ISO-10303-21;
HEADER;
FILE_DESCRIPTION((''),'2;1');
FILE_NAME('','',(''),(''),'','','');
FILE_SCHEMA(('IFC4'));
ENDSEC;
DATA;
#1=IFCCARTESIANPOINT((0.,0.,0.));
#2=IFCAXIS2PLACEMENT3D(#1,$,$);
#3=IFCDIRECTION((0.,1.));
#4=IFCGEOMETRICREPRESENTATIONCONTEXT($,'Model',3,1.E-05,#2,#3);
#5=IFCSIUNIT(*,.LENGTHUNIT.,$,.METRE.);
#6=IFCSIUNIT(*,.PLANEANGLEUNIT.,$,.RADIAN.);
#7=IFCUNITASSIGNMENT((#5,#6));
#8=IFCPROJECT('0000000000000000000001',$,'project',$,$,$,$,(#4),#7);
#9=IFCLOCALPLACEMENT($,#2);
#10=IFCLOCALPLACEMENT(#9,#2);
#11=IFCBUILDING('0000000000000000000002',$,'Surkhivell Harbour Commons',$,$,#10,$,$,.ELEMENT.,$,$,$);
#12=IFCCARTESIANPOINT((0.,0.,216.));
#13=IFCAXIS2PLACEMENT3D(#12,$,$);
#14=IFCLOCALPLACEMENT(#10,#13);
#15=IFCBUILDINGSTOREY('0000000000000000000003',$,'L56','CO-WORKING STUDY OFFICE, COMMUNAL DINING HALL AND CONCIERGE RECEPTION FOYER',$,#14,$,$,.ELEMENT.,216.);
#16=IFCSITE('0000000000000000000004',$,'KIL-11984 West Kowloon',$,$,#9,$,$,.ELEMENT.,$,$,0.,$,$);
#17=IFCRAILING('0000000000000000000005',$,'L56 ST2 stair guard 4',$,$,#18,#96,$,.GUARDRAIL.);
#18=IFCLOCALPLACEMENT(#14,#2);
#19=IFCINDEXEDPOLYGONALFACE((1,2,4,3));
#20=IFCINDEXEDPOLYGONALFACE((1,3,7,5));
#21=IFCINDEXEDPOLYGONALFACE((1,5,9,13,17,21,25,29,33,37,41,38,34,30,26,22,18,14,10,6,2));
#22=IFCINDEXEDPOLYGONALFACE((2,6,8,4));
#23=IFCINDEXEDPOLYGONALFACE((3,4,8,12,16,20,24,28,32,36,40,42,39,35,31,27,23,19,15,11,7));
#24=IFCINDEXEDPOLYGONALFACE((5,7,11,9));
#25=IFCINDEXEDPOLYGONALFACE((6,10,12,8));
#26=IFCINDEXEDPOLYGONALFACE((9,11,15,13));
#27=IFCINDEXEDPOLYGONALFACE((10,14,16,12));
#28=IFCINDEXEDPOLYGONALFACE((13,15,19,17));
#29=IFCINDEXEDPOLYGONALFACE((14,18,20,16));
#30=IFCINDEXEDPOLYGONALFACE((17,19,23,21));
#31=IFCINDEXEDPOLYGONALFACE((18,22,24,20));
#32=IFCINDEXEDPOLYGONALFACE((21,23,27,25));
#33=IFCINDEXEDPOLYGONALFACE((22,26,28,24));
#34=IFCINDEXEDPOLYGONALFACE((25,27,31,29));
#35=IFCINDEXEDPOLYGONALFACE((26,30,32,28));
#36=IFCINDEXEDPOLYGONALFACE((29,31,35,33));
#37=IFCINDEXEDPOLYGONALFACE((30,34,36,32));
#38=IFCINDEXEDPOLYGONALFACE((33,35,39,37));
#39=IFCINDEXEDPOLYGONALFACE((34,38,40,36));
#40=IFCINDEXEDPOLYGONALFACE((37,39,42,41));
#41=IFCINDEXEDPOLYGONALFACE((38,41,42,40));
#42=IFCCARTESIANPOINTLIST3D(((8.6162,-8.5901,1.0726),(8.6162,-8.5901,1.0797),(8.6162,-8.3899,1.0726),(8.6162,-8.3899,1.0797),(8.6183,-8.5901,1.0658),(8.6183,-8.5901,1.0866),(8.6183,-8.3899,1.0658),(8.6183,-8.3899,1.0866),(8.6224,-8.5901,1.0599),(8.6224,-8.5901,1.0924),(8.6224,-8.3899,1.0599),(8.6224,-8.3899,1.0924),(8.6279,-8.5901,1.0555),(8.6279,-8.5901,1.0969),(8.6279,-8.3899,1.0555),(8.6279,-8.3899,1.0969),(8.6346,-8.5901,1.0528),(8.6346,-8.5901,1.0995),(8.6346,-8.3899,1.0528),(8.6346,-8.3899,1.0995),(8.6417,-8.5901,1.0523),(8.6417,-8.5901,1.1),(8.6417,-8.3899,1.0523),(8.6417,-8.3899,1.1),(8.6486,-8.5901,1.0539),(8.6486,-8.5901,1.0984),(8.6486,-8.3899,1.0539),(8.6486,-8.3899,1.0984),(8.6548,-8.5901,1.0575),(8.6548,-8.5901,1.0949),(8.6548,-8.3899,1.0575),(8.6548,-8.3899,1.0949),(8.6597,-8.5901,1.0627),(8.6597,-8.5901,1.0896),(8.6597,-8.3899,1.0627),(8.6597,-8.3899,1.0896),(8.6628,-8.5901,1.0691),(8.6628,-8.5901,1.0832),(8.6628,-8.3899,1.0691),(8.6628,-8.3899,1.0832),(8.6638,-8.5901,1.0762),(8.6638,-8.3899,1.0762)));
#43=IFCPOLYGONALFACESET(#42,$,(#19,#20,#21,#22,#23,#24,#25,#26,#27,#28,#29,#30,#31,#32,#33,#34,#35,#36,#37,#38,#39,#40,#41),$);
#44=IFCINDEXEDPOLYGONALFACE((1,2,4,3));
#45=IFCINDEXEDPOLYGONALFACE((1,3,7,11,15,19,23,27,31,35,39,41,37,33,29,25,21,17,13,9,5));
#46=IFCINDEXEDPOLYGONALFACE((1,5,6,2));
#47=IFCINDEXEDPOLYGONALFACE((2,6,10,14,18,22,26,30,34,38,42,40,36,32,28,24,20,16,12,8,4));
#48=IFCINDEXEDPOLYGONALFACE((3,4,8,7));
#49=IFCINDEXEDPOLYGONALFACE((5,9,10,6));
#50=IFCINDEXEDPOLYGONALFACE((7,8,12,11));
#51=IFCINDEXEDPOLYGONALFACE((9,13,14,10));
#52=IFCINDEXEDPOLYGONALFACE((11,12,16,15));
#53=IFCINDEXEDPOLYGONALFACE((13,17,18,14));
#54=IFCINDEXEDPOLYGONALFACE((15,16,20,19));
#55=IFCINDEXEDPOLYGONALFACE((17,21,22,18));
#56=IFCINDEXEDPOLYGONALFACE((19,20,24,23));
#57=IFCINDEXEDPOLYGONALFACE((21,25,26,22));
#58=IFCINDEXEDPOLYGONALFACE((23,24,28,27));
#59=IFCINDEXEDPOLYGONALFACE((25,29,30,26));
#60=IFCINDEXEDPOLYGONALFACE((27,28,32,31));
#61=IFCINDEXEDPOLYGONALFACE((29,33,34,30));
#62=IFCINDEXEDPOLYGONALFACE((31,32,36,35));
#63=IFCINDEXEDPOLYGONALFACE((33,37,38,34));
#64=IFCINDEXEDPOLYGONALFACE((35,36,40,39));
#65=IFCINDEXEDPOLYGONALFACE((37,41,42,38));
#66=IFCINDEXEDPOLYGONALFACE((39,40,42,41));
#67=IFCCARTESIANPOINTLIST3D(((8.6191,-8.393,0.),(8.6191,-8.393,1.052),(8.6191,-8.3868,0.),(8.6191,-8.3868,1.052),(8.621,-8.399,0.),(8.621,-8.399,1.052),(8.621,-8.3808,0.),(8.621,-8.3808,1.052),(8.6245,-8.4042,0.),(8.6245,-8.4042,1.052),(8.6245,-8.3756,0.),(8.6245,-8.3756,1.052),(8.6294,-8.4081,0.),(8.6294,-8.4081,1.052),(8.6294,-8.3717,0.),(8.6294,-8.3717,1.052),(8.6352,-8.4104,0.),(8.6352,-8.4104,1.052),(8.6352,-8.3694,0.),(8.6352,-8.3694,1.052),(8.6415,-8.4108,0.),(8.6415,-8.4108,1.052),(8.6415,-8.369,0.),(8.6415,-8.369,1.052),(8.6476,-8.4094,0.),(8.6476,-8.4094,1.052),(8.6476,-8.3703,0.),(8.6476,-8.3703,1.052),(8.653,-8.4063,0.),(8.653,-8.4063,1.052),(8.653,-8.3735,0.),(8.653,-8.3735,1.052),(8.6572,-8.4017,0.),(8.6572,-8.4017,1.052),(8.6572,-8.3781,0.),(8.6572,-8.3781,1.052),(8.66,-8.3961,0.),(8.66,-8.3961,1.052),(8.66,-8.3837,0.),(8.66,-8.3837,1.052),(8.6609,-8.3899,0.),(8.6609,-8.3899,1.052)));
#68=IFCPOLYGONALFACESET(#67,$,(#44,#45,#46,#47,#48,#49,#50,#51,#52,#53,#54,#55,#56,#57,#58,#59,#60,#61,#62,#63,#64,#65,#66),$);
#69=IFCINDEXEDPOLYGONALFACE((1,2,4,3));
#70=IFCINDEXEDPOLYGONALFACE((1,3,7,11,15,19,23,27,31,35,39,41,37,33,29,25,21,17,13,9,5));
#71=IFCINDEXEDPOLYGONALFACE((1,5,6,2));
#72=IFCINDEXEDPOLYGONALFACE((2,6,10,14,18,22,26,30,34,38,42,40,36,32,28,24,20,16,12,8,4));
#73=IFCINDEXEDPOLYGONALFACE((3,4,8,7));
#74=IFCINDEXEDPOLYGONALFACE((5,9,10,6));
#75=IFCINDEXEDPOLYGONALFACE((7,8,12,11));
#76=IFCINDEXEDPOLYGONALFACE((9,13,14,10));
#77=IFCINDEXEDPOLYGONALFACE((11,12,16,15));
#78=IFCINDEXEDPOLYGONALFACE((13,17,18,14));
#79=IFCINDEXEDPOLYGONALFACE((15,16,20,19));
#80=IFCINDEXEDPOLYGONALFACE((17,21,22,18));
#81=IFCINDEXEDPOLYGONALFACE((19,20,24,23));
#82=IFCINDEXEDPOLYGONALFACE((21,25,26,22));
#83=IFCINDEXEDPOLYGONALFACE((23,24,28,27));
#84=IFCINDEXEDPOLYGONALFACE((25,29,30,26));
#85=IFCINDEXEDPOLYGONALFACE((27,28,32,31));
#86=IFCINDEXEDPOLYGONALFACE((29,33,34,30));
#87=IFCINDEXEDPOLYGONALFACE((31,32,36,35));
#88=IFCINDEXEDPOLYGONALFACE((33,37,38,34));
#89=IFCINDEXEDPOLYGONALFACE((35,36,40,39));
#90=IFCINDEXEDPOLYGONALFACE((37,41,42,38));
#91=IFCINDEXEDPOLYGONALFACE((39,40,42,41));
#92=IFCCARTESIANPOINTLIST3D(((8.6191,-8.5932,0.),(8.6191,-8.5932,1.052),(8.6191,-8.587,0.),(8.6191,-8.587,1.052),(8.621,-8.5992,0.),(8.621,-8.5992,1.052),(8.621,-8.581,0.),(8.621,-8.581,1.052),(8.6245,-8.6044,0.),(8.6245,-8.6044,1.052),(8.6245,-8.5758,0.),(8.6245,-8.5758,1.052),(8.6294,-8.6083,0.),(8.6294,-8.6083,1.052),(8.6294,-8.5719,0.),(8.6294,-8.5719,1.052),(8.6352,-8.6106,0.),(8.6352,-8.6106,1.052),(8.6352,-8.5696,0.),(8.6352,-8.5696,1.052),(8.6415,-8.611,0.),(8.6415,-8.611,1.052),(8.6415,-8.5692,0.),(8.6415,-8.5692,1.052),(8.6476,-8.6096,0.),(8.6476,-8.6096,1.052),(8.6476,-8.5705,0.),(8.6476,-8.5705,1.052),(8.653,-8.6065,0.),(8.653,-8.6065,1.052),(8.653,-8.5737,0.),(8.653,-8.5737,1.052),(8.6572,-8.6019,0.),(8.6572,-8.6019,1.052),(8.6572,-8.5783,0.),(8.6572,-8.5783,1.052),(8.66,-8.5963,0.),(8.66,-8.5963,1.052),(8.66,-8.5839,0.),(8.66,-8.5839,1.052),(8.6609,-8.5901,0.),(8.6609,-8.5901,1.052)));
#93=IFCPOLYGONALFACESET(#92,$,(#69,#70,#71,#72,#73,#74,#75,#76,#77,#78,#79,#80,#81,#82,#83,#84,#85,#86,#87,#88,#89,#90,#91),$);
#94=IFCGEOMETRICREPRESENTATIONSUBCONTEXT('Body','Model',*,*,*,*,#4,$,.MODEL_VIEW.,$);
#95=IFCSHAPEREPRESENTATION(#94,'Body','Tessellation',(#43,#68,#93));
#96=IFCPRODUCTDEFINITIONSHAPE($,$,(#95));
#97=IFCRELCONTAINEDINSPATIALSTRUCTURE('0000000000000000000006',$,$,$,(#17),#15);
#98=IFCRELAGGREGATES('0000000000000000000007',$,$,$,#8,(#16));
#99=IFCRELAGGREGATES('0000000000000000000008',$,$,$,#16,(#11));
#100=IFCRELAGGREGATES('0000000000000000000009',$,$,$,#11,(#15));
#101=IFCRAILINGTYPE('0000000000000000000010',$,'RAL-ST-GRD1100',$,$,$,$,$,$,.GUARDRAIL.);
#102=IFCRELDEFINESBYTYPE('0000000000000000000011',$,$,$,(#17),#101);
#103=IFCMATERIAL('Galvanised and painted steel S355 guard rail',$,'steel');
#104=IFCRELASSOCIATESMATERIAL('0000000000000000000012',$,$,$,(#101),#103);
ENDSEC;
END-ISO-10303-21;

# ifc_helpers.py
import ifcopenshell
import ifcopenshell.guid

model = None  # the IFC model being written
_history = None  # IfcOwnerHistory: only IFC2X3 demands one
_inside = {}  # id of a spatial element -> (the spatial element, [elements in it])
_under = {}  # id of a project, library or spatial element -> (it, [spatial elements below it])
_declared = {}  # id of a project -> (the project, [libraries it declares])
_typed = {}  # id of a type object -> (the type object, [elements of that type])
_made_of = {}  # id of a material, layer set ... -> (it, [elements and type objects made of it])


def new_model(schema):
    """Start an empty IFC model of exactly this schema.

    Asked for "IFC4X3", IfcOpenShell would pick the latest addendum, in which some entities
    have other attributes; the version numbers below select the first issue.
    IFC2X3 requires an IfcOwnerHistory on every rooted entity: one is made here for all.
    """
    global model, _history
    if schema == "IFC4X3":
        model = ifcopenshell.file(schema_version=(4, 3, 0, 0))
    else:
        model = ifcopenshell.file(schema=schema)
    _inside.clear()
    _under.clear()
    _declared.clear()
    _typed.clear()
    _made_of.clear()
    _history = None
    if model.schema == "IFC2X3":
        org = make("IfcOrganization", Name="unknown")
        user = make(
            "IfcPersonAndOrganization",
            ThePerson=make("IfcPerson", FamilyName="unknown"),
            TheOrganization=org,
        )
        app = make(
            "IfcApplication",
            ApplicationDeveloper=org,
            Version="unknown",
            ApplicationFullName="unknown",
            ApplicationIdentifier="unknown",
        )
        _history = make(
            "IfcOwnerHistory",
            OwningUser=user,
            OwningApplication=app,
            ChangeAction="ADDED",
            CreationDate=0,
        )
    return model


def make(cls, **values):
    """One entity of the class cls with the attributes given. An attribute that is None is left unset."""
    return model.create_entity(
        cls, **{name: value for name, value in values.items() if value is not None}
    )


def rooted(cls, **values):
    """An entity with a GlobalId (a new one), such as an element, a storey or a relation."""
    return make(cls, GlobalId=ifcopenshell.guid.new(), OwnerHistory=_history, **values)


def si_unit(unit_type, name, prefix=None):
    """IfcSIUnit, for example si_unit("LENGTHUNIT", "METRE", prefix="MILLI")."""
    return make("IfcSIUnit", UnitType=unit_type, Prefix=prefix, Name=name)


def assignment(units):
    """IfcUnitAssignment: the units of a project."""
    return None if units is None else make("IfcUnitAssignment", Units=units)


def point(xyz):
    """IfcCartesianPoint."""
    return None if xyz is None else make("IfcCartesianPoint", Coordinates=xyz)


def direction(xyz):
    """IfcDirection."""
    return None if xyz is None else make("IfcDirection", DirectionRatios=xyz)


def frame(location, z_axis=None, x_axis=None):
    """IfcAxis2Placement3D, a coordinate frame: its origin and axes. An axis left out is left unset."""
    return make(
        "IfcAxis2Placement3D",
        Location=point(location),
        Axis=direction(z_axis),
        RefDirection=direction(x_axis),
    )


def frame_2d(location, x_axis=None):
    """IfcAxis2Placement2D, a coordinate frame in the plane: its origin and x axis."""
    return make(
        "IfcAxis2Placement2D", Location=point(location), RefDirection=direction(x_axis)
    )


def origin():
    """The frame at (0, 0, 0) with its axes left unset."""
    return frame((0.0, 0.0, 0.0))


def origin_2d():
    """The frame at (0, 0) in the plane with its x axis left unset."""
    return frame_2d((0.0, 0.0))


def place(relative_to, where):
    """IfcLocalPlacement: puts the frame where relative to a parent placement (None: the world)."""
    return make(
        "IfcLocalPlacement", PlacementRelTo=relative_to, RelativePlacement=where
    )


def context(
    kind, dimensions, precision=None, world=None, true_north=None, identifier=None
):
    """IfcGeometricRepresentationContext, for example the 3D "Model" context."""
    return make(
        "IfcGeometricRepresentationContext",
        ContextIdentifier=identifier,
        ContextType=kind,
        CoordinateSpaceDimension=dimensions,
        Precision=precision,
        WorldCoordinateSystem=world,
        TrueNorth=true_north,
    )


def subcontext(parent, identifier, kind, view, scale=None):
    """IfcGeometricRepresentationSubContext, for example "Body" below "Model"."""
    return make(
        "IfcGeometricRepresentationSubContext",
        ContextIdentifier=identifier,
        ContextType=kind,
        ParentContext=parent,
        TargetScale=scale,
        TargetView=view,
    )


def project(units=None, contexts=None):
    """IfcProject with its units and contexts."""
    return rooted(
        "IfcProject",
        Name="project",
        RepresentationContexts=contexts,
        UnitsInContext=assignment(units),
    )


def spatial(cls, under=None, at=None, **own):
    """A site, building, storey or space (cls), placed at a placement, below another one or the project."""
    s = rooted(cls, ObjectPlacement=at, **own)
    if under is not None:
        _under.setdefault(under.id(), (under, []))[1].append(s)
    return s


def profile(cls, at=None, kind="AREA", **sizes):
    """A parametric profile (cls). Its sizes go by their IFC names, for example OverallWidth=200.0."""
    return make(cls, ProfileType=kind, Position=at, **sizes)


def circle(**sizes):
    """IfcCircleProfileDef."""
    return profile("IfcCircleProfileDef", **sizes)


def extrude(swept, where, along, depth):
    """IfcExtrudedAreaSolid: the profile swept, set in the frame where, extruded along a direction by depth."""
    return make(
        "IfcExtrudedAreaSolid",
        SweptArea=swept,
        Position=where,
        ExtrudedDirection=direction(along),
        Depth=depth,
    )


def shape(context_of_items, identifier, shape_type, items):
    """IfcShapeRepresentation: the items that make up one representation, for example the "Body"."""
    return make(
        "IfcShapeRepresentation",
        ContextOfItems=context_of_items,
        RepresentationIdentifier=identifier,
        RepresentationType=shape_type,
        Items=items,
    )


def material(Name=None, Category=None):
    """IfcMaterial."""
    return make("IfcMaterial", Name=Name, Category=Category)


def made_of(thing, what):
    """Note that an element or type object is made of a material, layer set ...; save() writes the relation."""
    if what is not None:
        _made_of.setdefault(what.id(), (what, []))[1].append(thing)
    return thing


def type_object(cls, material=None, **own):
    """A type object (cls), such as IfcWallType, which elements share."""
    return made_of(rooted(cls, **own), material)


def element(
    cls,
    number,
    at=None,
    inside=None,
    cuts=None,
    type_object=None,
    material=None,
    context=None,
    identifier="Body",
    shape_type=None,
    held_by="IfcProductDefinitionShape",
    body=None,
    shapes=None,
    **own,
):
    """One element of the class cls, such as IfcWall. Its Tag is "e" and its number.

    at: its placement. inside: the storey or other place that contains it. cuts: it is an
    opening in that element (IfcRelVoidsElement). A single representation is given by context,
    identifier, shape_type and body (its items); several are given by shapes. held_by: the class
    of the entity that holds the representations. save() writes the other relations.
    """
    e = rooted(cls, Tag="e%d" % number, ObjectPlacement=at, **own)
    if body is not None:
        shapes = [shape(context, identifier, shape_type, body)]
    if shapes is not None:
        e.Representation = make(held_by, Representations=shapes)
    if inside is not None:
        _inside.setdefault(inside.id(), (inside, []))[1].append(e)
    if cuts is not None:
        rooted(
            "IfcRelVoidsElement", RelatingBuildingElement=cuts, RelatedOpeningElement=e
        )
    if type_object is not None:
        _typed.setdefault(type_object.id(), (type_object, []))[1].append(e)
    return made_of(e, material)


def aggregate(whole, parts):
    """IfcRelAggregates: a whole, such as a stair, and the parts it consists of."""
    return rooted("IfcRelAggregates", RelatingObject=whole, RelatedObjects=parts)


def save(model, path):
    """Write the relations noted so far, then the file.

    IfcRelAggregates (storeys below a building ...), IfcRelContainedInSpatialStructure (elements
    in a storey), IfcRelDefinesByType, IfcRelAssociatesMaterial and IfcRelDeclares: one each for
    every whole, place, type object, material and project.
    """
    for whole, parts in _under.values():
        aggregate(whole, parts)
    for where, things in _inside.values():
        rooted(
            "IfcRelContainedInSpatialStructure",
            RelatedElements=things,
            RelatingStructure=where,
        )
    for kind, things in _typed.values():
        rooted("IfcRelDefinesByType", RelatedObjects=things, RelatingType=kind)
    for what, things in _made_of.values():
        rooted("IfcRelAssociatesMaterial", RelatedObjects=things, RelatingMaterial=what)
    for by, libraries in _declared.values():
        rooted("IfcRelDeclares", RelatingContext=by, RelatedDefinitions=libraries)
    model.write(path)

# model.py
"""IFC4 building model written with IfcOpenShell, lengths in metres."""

from ifc_helpers import new_model, si_unit, direction, frame, origin, origin_2d, place, context, subcontext, project, spatial, circle, extrude, material, type_object, element, save


model = new_model("IFC4")

# Units and contexts
model_context = context("Model", 3, precision=1e-05, world=origin(), true_north=direction((0.0, 1.0)))
body_context = subcontext(model_context, "Body", "Model", "MODEL_VIEW")
ifc_project = project(units=[si_unit("LENGTHUNIT", "METRE"), si_unit("PLANEANGLEUNIT", "RADIAN")], contexts=[model_context])

# Site, building, storey
site_placement = place(None, origin())
site = spatial("IfcSite", under=ifc_project, at=site_placement, Name="KIL-11984 West Kowloon", CompositionType="ELEMENT", RefElevation=0.0)
building_placement = place(site_placement, origin())
building = spatial("IfcBuilding", under=site, at=building_placement, Name="Surkhivell Harbour Commons", CompositionType="ELEMENT")
storey_placement = place(building_placement, frame((0.0, 0.0, 216.0)))
storey = spatial("IfcBuildingStorey", under=building, at=storey_placement, Name="L56", Description="CO-WORKING STUDY OFFICE, COMMUNAL DINING HALL AND CONCIERGE RECEPTION FOYER", CompositionType="ELEMENT", Elevation=216.0)

# Railing
ifc_material_1 = material(Name="Galvanised and painted steel S355 guard rail", Category="steel")
railing_type_1 = type_object("IfcRailingType", Name="RAL-ST-GRD1100", PredefinedType="GUARDRAIL", material=ifc_material_1)
railing_1_placement = place(storey_placement, frame((8.6399, -8.3899, 0.0)))
element("IfcRailing", 1, at=railing_1_placement, inside=storey, type_object=railing_type_1, Name="L56 ST2 stair guard 4", PredefinedType="GUARDRAIL", context=body_context, shape_type="SweptSolid", body=[
    extrude(circle(Radius=0.0239, at=origin_2d()), frame((0.0, 0.0, 1.0762), z_axis=(0.0, -1.0, 0.0), x_axis=(1.0, 0.0, 0.0)), (0.0, 0.0, 1.0), 0.2002),
    extrude(circle(Radius=0.021, at=origin_2d()), origin(), (0.0, 0.0, 1.0), 1.052),
    extrude(circle(Radius=0.021, at=origin_2d()), frame((0.0, -0.2002, 0.0)), (0.0, 0.0, 1.0), 1.052),
])

save(model, "model.ifc")
